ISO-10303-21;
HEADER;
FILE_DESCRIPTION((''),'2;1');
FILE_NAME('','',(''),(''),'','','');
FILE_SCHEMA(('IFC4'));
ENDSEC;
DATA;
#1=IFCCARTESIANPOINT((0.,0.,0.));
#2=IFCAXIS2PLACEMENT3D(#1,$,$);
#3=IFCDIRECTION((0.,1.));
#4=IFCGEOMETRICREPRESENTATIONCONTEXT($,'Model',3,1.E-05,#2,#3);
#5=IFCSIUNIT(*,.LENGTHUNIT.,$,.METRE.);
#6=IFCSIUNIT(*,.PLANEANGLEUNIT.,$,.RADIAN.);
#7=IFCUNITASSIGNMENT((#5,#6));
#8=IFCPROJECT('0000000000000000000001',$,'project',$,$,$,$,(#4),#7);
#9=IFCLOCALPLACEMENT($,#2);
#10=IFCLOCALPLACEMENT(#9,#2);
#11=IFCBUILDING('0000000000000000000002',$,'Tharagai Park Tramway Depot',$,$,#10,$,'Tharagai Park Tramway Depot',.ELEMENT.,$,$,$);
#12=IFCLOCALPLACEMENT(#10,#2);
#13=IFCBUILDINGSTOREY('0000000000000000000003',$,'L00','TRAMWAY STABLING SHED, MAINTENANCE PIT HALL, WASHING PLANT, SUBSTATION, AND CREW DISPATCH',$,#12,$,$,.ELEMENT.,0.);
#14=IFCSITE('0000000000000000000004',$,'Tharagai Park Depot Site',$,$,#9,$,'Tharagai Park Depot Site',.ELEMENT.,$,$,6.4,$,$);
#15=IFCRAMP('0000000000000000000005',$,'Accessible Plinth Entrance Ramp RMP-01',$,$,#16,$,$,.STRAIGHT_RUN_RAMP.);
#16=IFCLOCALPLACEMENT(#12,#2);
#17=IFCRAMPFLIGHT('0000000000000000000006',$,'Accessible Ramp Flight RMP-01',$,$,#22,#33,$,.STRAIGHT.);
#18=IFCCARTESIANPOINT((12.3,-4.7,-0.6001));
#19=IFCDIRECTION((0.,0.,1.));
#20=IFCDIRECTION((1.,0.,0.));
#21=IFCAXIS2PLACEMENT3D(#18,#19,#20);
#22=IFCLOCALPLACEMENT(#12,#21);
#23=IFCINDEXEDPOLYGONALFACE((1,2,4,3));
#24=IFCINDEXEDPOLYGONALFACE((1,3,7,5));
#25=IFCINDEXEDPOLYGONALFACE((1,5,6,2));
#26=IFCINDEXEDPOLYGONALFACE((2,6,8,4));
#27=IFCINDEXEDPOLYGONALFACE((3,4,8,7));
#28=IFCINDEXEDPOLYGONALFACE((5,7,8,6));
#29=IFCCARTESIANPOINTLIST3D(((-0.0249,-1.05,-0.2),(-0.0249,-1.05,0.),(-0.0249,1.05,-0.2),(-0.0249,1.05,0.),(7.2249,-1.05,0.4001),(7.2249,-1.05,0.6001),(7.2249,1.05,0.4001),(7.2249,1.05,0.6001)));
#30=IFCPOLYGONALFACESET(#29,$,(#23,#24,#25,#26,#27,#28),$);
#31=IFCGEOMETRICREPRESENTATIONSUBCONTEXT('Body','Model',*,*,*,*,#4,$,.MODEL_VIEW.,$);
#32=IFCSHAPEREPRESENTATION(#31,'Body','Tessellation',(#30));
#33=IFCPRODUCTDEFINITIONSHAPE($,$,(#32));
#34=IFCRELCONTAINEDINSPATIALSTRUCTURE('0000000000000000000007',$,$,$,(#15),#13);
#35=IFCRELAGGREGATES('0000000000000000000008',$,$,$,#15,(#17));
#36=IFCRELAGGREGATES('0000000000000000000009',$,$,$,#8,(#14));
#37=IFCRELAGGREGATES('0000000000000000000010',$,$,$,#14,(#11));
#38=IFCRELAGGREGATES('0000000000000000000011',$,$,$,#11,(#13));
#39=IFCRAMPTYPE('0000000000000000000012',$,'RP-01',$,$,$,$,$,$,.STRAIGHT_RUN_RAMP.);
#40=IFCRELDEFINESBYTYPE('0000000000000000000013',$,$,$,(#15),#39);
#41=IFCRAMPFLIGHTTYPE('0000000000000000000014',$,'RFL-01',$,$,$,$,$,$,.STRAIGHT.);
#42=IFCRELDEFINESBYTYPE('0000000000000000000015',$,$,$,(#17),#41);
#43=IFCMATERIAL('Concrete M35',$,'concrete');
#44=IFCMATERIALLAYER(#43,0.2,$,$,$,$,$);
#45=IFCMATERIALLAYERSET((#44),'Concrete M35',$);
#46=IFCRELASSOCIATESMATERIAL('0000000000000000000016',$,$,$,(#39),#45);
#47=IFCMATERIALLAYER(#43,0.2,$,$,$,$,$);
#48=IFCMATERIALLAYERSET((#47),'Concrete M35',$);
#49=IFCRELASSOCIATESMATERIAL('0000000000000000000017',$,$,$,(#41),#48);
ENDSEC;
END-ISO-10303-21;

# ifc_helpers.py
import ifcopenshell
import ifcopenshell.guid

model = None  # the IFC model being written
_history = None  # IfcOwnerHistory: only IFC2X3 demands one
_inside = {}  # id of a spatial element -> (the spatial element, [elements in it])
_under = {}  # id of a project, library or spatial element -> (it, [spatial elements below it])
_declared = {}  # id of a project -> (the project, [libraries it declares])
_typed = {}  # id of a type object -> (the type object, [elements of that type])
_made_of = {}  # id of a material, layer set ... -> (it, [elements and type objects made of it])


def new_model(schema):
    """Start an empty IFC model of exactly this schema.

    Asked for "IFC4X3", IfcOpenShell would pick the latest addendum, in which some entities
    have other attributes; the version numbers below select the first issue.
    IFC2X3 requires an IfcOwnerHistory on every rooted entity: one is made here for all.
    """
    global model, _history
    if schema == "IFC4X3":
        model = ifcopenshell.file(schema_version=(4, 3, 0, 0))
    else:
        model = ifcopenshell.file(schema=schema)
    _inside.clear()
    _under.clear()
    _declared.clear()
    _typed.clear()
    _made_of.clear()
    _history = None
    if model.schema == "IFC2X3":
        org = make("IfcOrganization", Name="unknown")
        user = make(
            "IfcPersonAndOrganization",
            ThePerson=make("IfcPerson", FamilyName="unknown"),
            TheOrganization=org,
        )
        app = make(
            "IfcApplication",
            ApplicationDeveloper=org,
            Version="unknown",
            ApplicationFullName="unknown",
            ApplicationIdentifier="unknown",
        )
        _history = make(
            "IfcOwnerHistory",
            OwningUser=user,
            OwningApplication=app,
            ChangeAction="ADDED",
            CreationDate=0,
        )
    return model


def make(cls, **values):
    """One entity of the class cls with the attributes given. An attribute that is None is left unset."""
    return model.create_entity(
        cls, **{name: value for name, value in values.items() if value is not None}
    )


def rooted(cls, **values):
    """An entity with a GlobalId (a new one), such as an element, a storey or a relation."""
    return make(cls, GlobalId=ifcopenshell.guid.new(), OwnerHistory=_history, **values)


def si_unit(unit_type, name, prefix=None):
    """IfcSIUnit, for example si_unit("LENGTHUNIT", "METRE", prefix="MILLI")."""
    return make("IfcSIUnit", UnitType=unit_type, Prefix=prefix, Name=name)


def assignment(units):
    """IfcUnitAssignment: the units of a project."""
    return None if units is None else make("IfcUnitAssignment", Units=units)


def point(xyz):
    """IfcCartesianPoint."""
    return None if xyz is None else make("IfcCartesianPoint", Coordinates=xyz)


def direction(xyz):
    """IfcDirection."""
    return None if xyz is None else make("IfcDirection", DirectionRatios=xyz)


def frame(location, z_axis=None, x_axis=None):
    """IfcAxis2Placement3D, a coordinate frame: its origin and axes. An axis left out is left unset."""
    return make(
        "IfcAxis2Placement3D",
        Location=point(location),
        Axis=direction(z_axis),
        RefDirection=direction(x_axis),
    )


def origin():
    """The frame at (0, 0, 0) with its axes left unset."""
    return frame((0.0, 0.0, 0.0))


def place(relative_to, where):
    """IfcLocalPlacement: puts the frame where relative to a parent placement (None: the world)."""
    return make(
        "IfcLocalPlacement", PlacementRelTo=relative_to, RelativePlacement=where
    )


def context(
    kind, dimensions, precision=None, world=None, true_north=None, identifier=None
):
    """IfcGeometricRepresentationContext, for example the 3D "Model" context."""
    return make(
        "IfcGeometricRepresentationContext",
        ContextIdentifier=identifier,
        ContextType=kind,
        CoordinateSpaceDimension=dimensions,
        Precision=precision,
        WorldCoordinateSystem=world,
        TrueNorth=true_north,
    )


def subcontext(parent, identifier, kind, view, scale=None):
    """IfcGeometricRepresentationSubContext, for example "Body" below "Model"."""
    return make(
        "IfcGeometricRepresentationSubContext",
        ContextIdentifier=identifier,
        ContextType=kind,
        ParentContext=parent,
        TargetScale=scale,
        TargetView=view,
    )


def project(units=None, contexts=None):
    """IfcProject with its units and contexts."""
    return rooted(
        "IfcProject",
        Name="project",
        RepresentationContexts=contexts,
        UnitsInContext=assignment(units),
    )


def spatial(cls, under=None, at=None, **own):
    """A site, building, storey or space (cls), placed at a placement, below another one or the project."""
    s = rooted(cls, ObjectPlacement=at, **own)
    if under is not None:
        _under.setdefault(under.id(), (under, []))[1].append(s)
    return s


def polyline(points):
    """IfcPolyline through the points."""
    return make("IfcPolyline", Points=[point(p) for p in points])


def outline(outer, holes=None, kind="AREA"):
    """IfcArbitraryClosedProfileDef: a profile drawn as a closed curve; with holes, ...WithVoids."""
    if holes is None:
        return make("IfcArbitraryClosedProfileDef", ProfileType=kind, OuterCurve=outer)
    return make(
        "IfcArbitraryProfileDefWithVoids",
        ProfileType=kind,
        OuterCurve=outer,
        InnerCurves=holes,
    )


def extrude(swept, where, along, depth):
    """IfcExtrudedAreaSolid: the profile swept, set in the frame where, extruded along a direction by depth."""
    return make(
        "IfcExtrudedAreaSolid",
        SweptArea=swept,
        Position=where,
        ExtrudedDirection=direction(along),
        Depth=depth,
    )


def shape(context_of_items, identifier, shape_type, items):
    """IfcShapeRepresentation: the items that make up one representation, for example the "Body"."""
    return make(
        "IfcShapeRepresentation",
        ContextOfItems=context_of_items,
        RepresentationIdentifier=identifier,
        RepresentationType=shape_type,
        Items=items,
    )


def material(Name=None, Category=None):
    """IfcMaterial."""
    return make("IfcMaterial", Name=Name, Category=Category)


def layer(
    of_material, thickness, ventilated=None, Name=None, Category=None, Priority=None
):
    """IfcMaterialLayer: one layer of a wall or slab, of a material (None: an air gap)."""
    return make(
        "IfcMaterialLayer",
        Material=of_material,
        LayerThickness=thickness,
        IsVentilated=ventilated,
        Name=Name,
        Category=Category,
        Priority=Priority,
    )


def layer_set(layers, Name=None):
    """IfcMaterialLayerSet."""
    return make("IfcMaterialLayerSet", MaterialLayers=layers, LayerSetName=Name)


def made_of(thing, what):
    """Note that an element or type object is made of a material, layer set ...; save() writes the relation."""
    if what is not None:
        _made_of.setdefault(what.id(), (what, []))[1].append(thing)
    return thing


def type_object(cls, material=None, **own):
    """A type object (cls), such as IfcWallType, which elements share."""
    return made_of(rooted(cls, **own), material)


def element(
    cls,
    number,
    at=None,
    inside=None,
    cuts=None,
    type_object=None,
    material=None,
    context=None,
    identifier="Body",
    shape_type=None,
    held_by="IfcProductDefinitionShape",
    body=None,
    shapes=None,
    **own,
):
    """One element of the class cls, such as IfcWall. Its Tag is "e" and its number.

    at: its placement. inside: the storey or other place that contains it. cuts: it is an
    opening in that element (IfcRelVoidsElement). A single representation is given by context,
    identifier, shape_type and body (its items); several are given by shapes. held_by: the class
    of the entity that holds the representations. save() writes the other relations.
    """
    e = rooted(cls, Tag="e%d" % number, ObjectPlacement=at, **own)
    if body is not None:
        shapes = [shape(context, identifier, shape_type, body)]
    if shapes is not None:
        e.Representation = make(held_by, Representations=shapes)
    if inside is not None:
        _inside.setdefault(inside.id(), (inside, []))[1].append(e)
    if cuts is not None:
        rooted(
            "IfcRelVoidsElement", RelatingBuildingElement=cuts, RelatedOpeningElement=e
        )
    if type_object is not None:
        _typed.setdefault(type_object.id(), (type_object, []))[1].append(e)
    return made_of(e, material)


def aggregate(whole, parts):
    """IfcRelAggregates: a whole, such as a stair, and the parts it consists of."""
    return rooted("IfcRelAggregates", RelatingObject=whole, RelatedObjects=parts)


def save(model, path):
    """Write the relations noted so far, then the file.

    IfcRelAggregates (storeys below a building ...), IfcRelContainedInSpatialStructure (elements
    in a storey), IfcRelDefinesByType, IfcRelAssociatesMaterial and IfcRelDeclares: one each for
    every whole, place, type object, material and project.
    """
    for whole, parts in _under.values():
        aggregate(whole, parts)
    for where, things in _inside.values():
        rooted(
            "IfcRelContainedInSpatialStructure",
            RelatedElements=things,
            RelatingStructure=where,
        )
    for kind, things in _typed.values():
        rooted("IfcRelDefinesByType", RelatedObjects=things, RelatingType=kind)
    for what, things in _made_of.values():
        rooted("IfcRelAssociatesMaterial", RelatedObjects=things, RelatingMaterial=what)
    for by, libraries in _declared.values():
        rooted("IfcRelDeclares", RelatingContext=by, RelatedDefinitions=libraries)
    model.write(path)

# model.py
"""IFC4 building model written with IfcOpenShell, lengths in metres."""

from ifc_helpers import new_model, si_unit, direction, frame, origin, place, context, subcontext, project, spatial, polyline, outline, extrude, material, layer, layer_set, type_object, element, aggregate, save


model = new_model("IFC4")

# Units and contexts
model_context = context("Model", 3, precision=1e-05, world=origin(), true_north=direction((0.0, 1.0)))
body_context = subcontext(model_context, "Body", "Model", "MODEL_VIEW")
ifc_project = project(units=[si_unit("LENGTHUNIT", "METRE"), si_unit("PLANEANGLEUNIT", "RADIAN")], contexts=[model_context])

# Site, building, storey
site_placement = place(None, origin())
site = spatial("IfcSite", under=ifc_project, at=site_placement, Name="Tharagai Park Depot Site", LongName="Tharagai Park Depot Site", CompositionType="ELEMENT", RefElevation=6.4)
building_placement = place(site_placement, origin())
building = spatial("IfcBuilding", under=site, at=building_placement, Name="Tharagai Park Tramway Depot", LongName="Tharagai Park Tramway Depot", CompositionType="ELEMENT")
storey_placement = place(building_placement, origin())
storey = spatial("IfcBuildingStorey", under=building, at=storey_placement, Name="L00", Description="TRAMWAY STABLING SHED, MAINTENANCE PIT HALL, WASHING PLANT, SUBSTATION, AND CREW DISPATCH", CompositionType="ELEMENT", Elevation=0.0)

# Shared definitions
ifc_material_1 = material(Name="Concrete M35", Category="concrete")

# Ramp, ramp flight
ifc_layer_1 = layer(ifc_material_1, 0.2)
ifc_layer_set_1 = layer_set([ifc_layer_1], Name="Concrete M35")
ramp_type = type_object("IfcRampType", Name="RP-01", PredefinedType="STRAIGHT_RUN_RAMP", material=ifc_layer_set_1)
ramp_placement = place(storey_placement, origin())
ramp = element("IfcRamp", 1, at=ramp_placement, inside=storey, type_object=ramp_type, Name="Accessible Plinth Entrance Ramp RMP-01", PredefinedType="STRAIGHT_RUN_RAMP")
ifc_layer_2 = layer(ifc_material_1, 0.2)
ifc_layer_set_2 = layer_set([ifc_layer_2], Name="Concrete M35")
ramp_flight_type = type_object("IfcRampFlightType", Name="RFL-01", PredefinedType="STRAIGHT", material=ifc_layer_set_2)
ramp_flight_placement = place(storey_placement, frame((12.3, -4.7, -0.6001), z_axis=(0.0, 0.0, 1.0), x_axis=(1.0, 0.0, 0.0)))
ramp_flight = element("IfcRampFlight", 2, at=ramp_flight_placement, type_object=ramp_flight_type, Name="Accessible Ramp Flight RMP-01", PredefinedType="STRAIGHT", context=body_context, shape_type="SweptSolid", body=[
    extrude(outline(polyline([(-0.0249, 0.0), (7.2249, 0.6001), (7.2249, 0.4001), (-0.0249, -0.2), (-0.0249, 0.0)])), frame((0.0, 1.05, 0.0), z_axis=(0.0, -1.0, 0.0), x_axis=(1.0, 0.0, 0.0)), (0.0, 0.0, 1.0), 2.1001),
])
aggregate(ramp, [ramp_flight])

save(model, "model.ifc")
